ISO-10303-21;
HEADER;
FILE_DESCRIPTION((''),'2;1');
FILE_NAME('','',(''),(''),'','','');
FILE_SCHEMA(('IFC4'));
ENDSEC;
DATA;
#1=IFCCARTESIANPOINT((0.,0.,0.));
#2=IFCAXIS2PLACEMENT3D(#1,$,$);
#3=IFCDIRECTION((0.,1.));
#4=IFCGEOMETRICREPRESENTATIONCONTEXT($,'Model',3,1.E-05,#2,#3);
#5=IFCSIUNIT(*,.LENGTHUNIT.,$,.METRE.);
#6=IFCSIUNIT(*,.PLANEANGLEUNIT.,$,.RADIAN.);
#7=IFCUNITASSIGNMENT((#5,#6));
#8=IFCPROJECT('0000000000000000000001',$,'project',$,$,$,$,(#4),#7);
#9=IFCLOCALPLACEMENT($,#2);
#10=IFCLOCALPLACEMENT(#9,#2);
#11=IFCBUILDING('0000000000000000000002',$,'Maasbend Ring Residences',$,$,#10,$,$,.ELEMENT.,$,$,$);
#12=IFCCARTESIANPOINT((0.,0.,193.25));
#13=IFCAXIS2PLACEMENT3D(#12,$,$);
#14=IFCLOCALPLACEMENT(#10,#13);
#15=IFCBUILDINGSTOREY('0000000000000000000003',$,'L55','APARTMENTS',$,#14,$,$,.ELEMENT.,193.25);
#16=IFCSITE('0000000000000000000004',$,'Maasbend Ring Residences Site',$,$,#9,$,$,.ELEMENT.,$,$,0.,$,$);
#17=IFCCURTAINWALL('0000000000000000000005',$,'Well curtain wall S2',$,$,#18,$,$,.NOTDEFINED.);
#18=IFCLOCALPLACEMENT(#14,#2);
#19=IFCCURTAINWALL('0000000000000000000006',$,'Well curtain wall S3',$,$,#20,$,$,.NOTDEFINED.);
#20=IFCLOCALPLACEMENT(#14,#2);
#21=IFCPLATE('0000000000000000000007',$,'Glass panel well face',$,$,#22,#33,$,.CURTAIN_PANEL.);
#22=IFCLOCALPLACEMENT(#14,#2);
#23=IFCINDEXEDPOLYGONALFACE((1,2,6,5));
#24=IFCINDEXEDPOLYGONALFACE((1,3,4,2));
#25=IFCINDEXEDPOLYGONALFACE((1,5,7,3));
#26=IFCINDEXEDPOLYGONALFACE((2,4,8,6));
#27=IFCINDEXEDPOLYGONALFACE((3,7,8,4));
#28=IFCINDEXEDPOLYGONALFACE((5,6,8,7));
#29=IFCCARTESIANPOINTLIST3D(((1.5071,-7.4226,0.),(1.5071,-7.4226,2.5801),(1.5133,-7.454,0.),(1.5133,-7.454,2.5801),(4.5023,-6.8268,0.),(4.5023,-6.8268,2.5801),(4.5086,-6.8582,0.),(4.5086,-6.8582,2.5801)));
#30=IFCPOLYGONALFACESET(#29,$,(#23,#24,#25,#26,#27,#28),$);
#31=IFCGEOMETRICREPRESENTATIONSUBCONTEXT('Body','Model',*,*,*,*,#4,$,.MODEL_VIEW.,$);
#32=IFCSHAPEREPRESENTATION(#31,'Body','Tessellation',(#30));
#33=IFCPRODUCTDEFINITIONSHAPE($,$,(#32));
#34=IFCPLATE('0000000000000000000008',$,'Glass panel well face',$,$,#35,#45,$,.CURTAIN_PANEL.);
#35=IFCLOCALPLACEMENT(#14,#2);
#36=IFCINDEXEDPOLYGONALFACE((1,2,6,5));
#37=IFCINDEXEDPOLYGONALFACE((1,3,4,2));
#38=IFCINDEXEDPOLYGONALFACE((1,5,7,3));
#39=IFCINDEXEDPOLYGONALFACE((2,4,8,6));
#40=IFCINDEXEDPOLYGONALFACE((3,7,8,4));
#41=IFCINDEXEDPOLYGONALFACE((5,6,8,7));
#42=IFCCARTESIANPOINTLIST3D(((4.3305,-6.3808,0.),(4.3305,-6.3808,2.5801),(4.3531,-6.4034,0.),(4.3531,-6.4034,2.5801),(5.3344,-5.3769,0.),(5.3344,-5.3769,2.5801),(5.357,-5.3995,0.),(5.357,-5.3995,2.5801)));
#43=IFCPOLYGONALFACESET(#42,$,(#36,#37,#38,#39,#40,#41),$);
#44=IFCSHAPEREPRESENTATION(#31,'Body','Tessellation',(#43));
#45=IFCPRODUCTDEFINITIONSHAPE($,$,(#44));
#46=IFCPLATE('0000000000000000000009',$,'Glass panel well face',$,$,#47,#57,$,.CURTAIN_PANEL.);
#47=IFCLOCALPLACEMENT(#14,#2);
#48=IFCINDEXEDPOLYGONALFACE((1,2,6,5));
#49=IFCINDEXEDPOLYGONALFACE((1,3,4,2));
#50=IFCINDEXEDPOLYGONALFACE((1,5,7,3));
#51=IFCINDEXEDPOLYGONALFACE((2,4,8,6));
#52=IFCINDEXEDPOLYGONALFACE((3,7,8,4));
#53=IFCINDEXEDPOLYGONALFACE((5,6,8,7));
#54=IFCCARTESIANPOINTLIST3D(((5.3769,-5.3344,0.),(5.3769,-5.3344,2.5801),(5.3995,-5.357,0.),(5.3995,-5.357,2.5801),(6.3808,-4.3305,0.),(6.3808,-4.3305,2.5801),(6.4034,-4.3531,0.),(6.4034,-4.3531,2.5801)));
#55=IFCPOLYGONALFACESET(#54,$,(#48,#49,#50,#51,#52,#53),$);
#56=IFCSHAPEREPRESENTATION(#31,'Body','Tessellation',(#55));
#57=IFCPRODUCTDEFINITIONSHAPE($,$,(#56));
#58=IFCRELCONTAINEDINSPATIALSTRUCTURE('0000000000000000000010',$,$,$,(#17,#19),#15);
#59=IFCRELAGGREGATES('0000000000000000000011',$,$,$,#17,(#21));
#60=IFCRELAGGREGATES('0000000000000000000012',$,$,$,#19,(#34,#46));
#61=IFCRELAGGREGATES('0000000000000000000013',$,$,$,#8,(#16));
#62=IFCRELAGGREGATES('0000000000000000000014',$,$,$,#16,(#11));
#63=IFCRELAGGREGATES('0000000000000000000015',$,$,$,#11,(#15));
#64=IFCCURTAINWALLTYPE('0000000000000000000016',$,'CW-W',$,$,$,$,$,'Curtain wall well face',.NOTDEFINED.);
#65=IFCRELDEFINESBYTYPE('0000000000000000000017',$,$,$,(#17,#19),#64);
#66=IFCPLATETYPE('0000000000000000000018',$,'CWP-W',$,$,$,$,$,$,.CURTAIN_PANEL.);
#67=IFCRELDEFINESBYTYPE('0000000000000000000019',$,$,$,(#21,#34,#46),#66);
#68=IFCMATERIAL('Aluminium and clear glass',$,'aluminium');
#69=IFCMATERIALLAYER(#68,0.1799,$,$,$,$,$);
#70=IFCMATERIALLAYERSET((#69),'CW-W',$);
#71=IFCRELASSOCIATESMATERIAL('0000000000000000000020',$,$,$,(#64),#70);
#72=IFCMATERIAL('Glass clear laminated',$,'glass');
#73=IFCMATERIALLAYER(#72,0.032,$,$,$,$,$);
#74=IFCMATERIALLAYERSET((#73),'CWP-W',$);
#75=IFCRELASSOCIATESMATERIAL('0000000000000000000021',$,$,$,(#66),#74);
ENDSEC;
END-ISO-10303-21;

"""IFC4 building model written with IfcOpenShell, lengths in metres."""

from ifc_helpers import new_model, si_unit, direction, frame, origin, origin_2d, place, context, subcontext, project, spatial, rectangle, extrude, material, layer, layer_set, type_object, element, aggregate, save


model = new_model("IFC4")

# Units and contexts
model_context = context("Model", 3, precision=1e-05, world=origin(), true_north=direction((0.0, 1.0)))
body_context = subcontext(model_context, "Body", "Model", "MODEL_VIEW")
ifc_project = project(units=[si_unit("LENGTHUNIT", "METRE"), si_unit("PLANEANGLEUNIT", "RADIAN")], contexts=[model_context])

# Site, building, storey
site_placement = place(None, origin())
site = spatial("IfcSite", under=ifc_project, at=site_placement, Name="Maasbend Ring Residences Site", CompositionType="ELEMENT", RefElevation=0.0)
building_placement = place(site_placement, origin())
building = spatial("IfcBuilding", under=site, at=building_placement, Name="Maasbend Ring Residences", CompositionType="ELEMENT")
storey_placement = place(building_placement, frame((0.0, 0.0, 193.25)))
storey = spatial("IfcBuildingStorey", under=building, at=storey_placement, Name="L55", Description="APARTMENTS", CompositionType="ELEMENT", Elevation=193.25)

# Curtain walls
ifc_material_1 = material(Name="Aluminium and clear glass", Category="aluminium")
ifc_layer_1 = layer(ifc_material_1, 0.1799)
ifc_layer_set_1 = layer_set([ifc_layer_1], Name="CW-W")
curtain_wall_type = type_object("IfcCurtainWallType", Name="CW-W", ElementType="Curtain wall well face", PredefinedType="NOTDEFINED", material=ifc_layer_set_1)
curtain_wall_1_placement = place(storey_placement, origin())
curtain_wall_1 = element("IfcCurtainWall", 1, at=curtain_wall_1_placement, inside=storey, type_object=curtain_wall_type, Name="Well curtain wall S2", PredefinedType="NOTDEFINED")
curtain_wall_2_placement = place(storey_placement, origin())
curtain_wall_2 = element("IfcCurtainWall", 2, at=curtain_wall_2_placement, inside=storey, type_object=curtain_wall_type, Name="Well curtain wall S3", PredefinedType="NOTDEFINED")

# Plates
ifc_material_2 = material(Name="Glass clear laminated", Category="glass")
ifc_layer_2 = layer(ifc_material_2, 0.032)
ifc_layer_set_2 = layer_set([ifc_layer_2], Name="CWP-W")
plate_type = type_object("IfcPlateType", Name="CWP-W", PredefinedType="CURTAIN_PANEL", material=ifc_layer_set_2)
plate_1_placement = place(storey_placement, frame((3.0078, -7.1404, 0.0), z_axis=(0.0, 0.0, 1.0), x_axis=(0.980785, 0.19509, 0.0)))
plate_1 = element("IfcPlate", 3, at=plate_1_placement, type_object=plate_type, Name="Glass panel well face", PredefinedType="CURTAIN_PANEL", context=body_context, shape_type="SweptSolid", body=[
    extrude(rectangle(XDim=3.054, YDim=0.032, at=origin_2d()), origin(), (0.0, 0.0, 1.0), 2.5801),
])
aggregate(curtain_wall_1, [plate_1])
plate_2_placement = place(storey_placement, frame((4.8438, -5.8901, 0.0), z_axis=(0.0, 0.0, 1.0), x_axis=(0.707107, 0.707107, 0.0)))
plate_2 = element("IfcPlate", 4, at=plate_2_placement, type_object=plate_type, Name="Glass panel well face", PredefinedType="CURTAIN_PANEL", context=body_context, shape_type="SweptSolid", body=[
    extrude(rectangle(XDim=1.4197, YDim=0.032, at=origin_2d()), origin(), (0.0, 0.0, 1.0), 2.5801),
])
plate_3_placement = place(storey_placement, frame((5.8901, -4.8438, 0.0), z_axis=(0.0, 0.0, 1.0), x_axis=(0.707107, 0.707107, 0.0)))
plate_3 = element("IfcPlate", 5, at=plate_3_placement, type_object=plate_type, Name="Glass panel well face", PredefinedType="CURTAIN_PANEL", context=body_context, shape_type="SweptSolid", body=[
    extrude(rectangle(XDim=1.4197, YDim=0.032, at=origin_2d()), origin(), (0.0, 0.0, 1.0), 2.5801),
])
aggregate(curtain_wall_2, [plate_2, plate_3])

save(model, "model.ifc")
